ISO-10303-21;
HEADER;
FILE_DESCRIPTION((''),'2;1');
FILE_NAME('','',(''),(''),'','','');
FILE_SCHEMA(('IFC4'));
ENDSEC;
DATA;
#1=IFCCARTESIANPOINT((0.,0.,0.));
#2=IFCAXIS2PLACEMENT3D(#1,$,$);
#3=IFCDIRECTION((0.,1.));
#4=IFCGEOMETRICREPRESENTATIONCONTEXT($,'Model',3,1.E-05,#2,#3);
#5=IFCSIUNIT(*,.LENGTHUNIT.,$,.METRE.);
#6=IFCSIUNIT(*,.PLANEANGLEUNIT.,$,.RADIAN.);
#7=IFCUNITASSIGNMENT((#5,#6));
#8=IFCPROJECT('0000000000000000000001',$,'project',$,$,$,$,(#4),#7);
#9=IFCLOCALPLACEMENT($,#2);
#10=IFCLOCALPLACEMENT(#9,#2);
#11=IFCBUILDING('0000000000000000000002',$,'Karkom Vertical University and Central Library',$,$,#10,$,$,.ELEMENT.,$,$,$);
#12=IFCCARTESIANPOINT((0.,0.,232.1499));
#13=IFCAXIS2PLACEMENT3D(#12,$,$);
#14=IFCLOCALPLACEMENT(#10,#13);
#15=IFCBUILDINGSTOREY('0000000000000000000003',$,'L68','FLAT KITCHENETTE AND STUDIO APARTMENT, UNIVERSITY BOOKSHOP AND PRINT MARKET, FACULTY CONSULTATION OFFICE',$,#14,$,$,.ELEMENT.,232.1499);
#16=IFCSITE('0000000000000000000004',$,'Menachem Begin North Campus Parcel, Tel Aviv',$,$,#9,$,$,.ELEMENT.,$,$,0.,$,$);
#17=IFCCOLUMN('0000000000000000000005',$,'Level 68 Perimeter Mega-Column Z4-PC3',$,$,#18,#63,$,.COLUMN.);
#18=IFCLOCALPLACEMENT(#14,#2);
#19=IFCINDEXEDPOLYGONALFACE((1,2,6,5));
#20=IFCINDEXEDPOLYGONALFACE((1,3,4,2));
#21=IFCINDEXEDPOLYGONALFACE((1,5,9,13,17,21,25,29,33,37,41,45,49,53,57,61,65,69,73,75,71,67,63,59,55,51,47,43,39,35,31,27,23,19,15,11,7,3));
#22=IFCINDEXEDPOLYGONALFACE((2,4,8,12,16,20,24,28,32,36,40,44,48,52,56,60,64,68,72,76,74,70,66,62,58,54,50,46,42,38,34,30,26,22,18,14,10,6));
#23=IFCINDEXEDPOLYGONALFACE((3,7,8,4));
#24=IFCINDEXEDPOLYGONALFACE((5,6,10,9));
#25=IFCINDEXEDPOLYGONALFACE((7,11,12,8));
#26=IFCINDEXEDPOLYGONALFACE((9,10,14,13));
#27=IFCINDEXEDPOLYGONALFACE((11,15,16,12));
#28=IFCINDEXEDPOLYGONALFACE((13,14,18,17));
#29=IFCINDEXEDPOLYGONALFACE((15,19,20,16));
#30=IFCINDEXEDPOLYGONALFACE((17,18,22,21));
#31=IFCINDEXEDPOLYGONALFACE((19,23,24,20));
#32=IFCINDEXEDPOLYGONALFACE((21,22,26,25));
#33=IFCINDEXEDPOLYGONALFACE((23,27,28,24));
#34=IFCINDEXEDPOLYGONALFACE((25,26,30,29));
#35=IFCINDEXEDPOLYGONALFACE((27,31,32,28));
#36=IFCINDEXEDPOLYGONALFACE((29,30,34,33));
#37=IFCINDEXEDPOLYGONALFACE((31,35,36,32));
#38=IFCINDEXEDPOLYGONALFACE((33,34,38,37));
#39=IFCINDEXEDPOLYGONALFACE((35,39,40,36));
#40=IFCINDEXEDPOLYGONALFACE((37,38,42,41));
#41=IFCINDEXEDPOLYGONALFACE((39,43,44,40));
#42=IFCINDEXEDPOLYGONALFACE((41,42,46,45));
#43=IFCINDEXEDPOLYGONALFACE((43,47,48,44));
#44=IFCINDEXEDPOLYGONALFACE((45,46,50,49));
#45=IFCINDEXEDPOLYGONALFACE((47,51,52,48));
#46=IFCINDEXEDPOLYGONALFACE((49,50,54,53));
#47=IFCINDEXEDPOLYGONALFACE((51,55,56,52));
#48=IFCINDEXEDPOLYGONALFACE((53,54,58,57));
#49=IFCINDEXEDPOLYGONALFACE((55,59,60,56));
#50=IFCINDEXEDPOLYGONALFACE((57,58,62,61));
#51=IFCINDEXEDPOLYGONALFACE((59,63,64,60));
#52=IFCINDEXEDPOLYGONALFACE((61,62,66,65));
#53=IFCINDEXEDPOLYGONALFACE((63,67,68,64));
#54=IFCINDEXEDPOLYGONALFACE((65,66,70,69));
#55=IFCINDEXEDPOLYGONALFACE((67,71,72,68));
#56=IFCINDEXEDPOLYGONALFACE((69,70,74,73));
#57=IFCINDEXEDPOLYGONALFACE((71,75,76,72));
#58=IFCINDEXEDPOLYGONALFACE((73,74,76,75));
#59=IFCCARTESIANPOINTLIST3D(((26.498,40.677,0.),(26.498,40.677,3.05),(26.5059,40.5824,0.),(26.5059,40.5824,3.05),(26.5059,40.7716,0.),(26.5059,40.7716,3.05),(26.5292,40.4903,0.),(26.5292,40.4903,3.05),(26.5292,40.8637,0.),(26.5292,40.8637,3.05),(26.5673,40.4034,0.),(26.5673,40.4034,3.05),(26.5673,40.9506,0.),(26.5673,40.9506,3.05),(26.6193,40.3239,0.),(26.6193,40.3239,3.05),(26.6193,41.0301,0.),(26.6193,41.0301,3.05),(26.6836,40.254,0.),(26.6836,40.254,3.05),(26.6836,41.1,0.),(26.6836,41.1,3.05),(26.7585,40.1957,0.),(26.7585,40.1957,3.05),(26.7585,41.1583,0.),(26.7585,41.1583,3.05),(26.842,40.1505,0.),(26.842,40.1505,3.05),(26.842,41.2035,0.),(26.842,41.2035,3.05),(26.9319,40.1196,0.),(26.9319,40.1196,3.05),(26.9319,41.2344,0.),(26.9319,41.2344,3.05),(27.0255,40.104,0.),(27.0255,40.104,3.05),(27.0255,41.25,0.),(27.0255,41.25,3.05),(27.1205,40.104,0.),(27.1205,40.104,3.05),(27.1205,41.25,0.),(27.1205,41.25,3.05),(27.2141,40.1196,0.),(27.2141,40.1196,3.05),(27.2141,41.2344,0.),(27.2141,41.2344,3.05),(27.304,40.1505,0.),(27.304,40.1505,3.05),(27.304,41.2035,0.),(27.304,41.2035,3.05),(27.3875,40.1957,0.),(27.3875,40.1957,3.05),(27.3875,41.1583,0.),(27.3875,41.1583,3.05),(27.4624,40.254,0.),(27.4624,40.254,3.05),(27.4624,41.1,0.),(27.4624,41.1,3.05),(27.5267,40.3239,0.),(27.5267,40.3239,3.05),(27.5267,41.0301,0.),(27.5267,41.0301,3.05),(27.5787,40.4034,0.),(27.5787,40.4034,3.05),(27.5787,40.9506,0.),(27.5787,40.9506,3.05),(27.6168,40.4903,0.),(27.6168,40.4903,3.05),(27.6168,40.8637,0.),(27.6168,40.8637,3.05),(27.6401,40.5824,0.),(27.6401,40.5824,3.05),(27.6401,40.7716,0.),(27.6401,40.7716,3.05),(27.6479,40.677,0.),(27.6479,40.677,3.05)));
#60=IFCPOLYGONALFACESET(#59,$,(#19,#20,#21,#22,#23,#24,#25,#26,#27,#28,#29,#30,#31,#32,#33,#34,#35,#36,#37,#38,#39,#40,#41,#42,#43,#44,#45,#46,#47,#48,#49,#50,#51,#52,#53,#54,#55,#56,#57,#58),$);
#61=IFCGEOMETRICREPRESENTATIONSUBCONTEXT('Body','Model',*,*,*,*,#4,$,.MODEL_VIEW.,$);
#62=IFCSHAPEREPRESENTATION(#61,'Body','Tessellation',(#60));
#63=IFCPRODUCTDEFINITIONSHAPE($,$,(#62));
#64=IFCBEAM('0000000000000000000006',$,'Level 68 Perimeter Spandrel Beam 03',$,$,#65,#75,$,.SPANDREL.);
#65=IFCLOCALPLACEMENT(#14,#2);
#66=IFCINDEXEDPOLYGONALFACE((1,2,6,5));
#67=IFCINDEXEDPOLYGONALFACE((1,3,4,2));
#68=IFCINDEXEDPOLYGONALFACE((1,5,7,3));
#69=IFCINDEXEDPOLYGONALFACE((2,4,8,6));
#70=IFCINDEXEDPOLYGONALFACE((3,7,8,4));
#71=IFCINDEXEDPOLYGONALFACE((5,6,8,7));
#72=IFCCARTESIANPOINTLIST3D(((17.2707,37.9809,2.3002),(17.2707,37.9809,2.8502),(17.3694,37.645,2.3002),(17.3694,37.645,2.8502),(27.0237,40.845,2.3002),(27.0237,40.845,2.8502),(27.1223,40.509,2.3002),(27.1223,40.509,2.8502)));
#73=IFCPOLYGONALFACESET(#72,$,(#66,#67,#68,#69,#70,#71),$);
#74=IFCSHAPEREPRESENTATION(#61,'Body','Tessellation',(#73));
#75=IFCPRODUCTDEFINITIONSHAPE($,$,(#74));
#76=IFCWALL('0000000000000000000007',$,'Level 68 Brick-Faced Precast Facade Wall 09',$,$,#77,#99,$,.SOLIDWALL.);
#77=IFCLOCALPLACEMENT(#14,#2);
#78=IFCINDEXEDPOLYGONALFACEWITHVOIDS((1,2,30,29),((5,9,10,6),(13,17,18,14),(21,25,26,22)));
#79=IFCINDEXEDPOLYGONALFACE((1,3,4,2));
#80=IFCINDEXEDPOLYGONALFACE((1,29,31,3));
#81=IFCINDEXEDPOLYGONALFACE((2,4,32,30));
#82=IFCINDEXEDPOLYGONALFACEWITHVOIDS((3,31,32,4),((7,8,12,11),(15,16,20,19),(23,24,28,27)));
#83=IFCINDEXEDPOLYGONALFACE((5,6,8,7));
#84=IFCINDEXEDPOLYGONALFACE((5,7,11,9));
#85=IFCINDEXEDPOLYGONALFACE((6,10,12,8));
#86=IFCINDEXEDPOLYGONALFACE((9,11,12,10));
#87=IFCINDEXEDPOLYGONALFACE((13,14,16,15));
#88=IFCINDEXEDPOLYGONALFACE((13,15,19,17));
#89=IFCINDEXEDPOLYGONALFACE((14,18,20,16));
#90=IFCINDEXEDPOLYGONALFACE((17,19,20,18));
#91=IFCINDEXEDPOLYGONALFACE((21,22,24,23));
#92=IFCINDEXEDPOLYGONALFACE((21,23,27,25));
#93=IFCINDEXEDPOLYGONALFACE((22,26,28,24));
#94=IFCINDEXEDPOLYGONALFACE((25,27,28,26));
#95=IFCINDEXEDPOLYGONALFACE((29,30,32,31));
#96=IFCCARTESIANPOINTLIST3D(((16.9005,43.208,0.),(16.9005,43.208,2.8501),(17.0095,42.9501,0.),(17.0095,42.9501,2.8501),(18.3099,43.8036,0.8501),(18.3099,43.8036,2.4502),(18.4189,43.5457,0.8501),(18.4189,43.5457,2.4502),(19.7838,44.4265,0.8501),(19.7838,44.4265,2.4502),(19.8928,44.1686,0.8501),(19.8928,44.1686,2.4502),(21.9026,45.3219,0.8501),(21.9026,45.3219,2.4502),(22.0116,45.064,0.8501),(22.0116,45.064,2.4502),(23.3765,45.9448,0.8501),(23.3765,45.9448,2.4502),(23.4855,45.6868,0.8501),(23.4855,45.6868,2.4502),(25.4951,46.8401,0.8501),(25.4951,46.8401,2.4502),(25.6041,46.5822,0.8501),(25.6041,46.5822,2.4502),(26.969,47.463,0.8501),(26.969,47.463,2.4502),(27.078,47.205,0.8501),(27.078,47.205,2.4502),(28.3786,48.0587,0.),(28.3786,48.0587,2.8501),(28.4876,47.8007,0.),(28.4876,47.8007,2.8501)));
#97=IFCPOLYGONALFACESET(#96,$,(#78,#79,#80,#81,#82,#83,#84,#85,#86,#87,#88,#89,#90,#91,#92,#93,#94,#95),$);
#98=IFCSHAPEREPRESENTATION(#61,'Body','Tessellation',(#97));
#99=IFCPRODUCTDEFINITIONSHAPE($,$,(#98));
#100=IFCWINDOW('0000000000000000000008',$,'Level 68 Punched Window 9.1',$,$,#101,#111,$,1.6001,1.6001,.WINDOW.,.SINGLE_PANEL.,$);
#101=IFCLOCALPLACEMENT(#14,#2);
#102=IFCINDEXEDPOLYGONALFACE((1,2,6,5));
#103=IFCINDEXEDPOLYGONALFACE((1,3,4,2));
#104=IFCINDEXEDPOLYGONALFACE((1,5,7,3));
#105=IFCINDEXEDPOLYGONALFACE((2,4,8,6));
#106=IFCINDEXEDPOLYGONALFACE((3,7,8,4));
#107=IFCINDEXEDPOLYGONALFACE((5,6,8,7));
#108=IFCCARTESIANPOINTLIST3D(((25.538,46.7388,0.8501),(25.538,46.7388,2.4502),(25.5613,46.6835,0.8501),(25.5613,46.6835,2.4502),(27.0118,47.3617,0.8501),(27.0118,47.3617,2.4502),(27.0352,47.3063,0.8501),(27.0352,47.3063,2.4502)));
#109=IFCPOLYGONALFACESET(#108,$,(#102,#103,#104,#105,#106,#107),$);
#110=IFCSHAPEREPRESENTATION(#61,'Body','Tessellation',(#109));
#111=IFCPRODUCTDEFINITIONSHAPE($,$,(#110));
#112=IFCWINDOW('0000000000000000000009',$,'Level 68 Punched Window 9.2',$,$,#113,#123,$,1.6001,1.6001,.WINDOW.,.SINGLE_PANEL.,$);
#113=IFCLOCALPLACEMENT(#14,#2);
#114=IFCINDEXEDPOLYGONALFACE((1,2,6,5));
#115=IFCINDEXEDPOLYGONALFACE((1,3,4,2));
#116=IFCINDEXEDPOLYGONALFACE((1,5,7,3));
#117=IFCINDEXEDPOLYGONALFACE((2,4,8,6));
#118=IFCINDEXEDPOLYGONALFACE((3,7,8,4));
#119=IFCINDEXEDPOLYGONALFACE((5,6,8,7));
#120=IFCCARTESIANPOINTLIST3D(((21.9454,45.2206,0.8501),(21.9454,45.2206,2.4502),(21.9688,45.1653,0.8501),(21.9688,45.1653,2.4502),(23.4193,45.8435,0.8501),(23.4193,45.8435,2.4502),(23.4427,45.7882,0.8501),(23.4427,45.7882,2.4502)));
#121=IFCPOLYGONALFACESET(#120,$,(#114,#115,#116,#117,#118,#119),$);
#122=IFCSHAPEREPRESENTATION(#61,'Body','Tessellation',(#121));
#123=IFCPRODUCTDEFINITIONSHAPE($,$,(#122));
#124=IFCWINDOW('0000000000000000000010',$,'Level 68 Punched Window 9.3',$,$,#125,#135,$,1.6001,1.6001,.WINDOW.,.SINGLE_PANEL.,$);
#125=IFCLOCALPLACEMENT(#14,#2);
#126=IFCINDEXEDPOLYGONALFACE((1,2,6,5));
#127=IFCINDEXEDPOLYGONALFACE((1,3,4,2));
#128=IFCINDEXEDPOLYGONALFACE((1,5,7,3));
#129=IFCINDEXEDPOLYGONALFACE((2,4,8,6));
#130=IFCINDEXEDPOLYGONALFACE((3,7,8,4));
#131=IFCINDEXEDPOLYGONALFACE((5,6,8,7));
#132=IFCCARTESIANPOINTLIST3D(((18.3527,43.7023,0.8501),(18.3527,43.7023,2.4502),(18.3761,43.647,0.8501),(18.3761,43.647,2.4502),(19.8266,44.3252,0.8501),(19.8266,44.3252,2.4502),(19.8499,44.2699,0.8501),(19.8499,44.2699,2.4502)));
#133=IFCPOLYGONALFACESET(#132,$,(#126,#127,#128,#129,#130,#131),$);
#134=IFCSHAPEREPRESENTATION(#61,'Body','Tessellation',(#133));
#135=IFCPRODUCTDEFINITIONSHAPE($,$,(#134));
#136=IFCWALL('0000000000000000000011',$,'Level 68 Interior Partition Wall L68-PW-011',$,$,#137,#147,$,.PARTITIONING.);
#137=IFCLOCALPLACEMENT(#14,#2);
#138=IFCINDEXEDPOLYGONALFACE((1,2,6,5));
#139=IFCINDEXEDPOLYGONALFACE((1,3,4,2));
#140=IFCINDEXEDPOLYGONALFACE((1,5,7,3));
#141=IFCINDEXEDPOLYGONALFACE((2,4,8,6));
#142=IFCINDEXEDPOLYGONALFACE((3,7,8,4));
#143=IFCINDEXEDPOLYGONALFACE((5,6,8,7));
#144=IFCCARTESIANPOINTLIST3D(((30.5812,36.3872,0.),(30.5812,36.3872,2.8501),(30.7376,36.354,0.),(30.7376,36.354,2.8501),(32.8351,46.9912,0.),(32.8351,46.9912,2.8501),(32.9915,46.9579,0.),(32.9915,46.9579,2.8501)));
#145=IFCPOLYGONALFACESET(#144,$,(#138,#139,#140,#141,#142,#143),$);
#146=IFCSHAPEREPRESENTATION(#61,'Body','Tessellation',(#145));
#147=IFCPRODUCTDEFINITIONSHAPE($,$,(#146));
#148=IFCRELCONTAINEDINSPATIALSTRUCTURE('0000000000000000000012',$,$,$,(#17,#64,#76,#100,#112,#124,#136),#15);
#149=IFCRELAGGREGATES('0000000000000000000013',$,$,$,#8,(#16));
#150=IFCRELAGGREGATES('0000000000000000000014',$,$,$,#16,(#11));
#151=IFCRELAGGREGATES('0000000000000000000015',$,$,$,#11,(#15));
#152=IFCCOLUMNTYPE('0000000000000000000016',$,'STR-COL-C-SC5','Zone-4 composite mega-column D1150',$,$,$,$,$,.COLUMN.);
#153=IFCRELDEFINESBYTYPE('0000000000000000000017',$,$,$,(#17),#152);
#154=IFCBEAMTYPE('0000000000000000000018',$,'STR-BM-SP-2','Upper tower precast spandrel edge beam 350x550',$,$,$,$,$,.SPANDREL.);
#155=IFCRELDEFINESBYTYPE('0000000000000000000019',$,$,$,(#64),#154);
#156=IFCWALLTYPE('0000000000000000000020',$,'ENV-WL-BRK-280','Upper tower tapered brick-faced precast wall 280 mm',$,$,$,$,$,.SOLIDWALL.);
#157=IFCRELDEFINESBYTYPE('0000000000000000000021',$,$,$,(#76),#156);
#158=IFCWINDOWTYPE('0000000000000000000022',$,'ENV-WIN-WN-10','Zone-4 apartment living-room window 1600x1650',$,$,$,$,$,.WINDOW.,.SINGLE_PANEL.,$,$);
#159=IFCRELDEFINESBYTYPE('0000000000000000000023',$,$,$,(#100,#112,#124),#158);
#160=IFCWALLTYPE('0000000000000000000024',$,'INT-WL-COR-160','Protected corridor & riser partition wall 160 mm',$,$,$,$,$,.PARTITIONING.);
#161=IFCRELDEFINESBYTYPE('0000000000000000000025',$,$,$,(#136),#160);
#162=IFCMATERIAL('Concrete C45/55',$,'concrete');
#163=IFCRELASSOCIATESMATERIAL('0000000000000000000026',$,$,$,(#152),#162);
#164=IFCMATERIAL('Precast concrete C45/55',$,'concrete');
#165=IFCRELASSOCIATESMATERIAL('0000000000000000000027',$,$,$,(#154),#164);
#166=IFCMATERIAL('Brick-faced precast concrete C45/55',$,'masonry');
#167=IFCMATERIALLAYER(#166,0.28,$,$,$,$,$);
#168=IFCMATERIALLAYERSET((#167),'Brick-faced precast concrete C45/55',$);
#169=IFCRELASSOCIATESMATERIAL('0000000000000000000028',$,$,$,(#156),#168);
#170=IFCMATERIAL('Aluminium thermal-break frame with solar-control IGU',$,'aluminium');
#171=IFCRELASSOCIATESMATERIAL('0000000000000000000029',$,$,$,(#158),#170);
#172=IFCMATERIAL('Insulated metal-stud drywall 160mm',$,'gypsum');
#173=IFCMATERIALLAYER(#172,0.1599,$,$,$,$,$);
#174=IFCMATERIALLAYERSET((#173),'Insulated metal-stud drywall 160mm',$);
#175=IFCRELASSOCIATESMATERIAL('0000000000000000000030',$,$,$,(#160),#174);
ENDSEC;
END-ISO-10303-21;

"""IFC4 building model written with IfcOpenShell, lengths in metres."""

from ifc_helpers import new_model, si_unit, direction, frame, frame_2d, origin, origin_with_axes, origin_2d, place, context, subcontext, project, spatial, rectangle, circle, extrude, source, transform, mapped, material, layer, layer_set, material_profile, profile_set, type_object, element, fill, save


model = new_model("IFC4")

# Units and contexts
model_context = context("Model", 3, precision=1e-05, world=origin(), true_north=direction((0.0, 1.0)))
body_context = subcontext(model_context, "Body", "Model", "MODEL_VIEW")
ifc_project = project(units=[si_unit("LENGTHUNIT", "METRE"), si_unit("PLANEANGLEUNIT", "RADIAN")], contexts=[model_context])

# Site, building, storey
site_placement = place(None, origin())
site = spatial("IfcSite", under=ifc_project, at=site_placement, Name="Menachem Begin North Campus Parcel, Tel Aviv", CompositionType="ELEMENT", RefElevation=0.0)
building_placement = place(site_placement, origin())
building = spatial("IfcBuilding", under=site, at=building_placement, Name="Karkom Vertical University and Central Library", CompositionType="ELEMENT")
storey_placement = place(building_placement, frame((0.0, 0.0, 232.1499)))
storey = spatial("IfcBuildingStorey", under=building, at=storey_placement, Name="L68", Description="FLAT KITCHENETTE AND STUDIO APARTMENT, UNIVERSITY BOOKSHOP AND PRINT MARKET, FACULTY CONSULTATION OFFICE", CompositionType="ELEMENT", Elevation=232.1499)

# Column
ifc_material_1 = material(Name="Concrete C45/55", Category="concrete")
ifc_material_profile_1 = material_profile(ifc_material_1, circle(Radius=0.575, at=origin_2d()), Name="CFT-D1150")
ifc_profile_set_1 = profile_set([ifc_material_profile_1], Name="Concrete C45/55")
column_type = type_object("IfcColumnType", Name="STR-COL-C-SC5", Description="Zone-4 composite mega-column D1150", PredefinedType="COLUMN", material=ifc_profile_set_1)
shared_shape_1 = source(origin_with_axes(), body_context, "Body", "SweptSolid", [
    extrude(circle(Radius=0.575, at=origin_2d()), origin(), (0.0, 0.0, 1.0), 3.05),
])
column_placement = place(storey_placement, frame((27.073, 40.677, 0.0), z_axis=(0.0, 0.0, 1.0), x_axis=(1.0, 0.0, 0.0)))
element("IfcColumn", 1, at=column_placement, inside=storey, type_object=column_type, Name="Level 68 Perimeter Mega-Column Z4-PC3", PredefinedType="COLUMN", context=body_context, shape_type="MappedRepresentation", body=[
    mapped(shared_shape_1, transform((0.0, 0.0, 0.0), scale=1.0)),
])

# Beam
ifc_material_2 = material(Name="Precast concrete C45/55", Category="concrete")
ifc_material_profile_2 = material_profile(ifc_material_2, rectangle(XDim=0.3501, YDim=0.55, at=origin_2d()), Name="SPB-350x550")
ifc_profile_set_2 = profile_set([ifc_material_profile_2], Name="Precast concrete C45/55")
beam_type = type_object("IfcBeamType", Name="STR-BM-SP-2", Description="Upper tower precast spandrel edge beam 350x550", PredefinedType="SPANDREL", material=ifc_profile_set_2)
shared_shape_2 = source(origin_with_axes(), body_context, "Body", "SweptSolid", [
    extrude(rectangle(XDim=0.3501, YDim=0.55, at=origin_2d()), origin(), (0.0, 0.0, 1.0), 10.1648),
])
beam_placement = place(storey_placement, frame((27.073, 40.677, 2.5752), z_axis=(-0.959485, -0.281759, 0.0), x_axis=(0.281759, -0.959485, 0.0)))
element("IfcBeam", 2, at=beam_placement, inside=storey, type_object=beam_type, Name="Level 68 Perimeter Spandrel Beam 03", PredefinedType="SPANDREL", context=body_context, shape_type="MappedRepresentation", body=[
    mapped(shared_shape_2, transform((0.0, 0.0, 0.0), scale=1.0)),
])

# Wall, openings, windows
ifc_material_3 = material(Name="Brick-faced precast concrete C45/55", Category="masonry")
ifc_layer_1 = layer(ifc_material_3, 0.28)
ifc_layer_set_1 = layer_set([ifc_layer_1], Name="Brick-faced precast concrete C45/55")
wall_type_1 = type_object("IfcWallType", Name="ENV-WL-BRK-280", Description="Upper tower tapered brick-faced precast wall 280 mm", PredefinedType="SOLIDWALL", material=ifc_layer_set_1)
wall_1_placement = place(storey_placement, frame((28.4331, 47.9297, 0.0), z_axis=(0.0, 0.0, 1.0), x_axis=(-0.921126, -0.389265, 0.0)))
wall_1 = element("IfcWall", 3, at=wall_1_placement, inside=storey, type_object=wall_type_1, Name="Level 68 Brick-Faced Precast Facade Wall 09", PredefinedType="SOLIDWALL", context=body_context, shape_type="SweptSolid", body=[
    extrude(rectangle(XDim=12.4609, YDim=0.28, at=frame_2d((6.2305, 0.0))), origin(), (0.0, 0.0, 1.0), 2.8501),
])
opening_1_placement = place(wall_1_placement, frame((1.5303, 0.0, 0.8501)))
opening_1 = element("IfcOpeningElement", 4, at=opening_1_placement, cuts=wall_1, PredefinedType="OPENING", context=body_context, shape_type="SweptSolid", body=[
    extrude(rectangle(XDim=1.6001, YDim=1.6001, at=frame_2d((0.8, 0.8))), frame((0.0, 0.1499, 0.0), z_axis=(0.0, -1.0, 0.0), x_axis=(1.0, 0.0, 0.0)), (0.0, 0.0, 1.0), 0.3),
])
opening_2_placement = place(wall_1_placement, frame((5.4304, 0.0, 0.8501)))
opening_2 = element("IfcOpeningElement", 5, at=opening_2_placement, cuts=wall_1, PredefinedType="OPENING", context=body_context, shape_type="SweptSolid", body=[
    extrude(rectangle(XDim=1.6001, YDim=1.6001, at=frame_2d((0.8, 0.8))), frame((0.0, 0.1499, 0.0), z_axis=(0.0, -1.0, 0.0), x_axis=(1.0, 0.0, 0.0)), (0.0, 0.0, 1.0), 0.3),
])
opening_3_placement = place(wall_1_placement, frame((9.3308, 0.0, 0.8501)))
opening_3 = element("IfcOpeningElement", 6, at=opening_3_placement, cuts=wall_1, PredefinedType="OPENING", context=body_context, shape_type="SweptSolid", body=[
    extrude(rectangle(XDim=1.6001, YDim=1.6001, at=frame_2d((0.8, 0.8))), frame((0.0, 0.1499, 0.0), z_axis=(0.0, -1.0, 0.0), x_axis=(1.0, 0.0, 0.0)), (0.0, 0.0, 1.0), 0.3),
])
ifc_material_4 = material(Name="Aluminium thermal-break frame with solar-control IGU", Category="aluminium")
window_type = type_object("IfcWindowType", Name="ENV-WIN-WN-10", Description="Zone-4 apartment living-room window 1600x1650", PartitioningType="SINGLE_PANEL", PredefinedType="WINDOW", material=ifc_material_4)
shared_shape_3 = source(origin_with_axes(), body_context, "Body", "SweptSolid", [
    extrude(rectangle(XDim=1.6001, YDim=1.6001, at=frame_2d((0.8, 0.8))), frame((0.0, 0.03, 0.0), z_axis=(0.0, -1.0, 0.0), x_axis=(1.0, 0.0, 0.0)), (0.0, 0.0, 1.0), 0.0601),
])
window_1_placement = place(opening_1_placement, origin())
window_1 = element("IfcWindow", 7, at=window_1_placement, inside=storey, type_object=window_type, Name="Level 68 Punched Window 9.1", OverallHeight=1.6001, OverallWidth=1.6001, PartitioningType="SINGLE_PANEL", PredefinedType="WINDOW", context=body_context, shape_type="MappedRepresentation", body=[
    mapped(shared_shape_3, transform((0.0, 0.0, 0.0), scale=1.0)),
])
fill(opening_1, window_1)
window_2_placement = place(opening_2_placement, origin())
window_2 = element("IfcWindow", 8, at=window_2_placement, inside=storey, type_object=window_type, Name="Level 68 Punched Window 9.2", OverallHeight=1.6001, OverallWidth=1.6001, PartitioningType="SINGLE_PANEL", PredefinedType="WINDOW", context=body_context, shape_type="MappedRepresentation", body=[
    mapped(shared_shape_3, transform((0.0, 0.0, 0.0), scale=1.0)),
])
fill(opening_2, window_2)
window_3_placement = place(opening_3_placement, origin())
window_3 = element("IfcWindow", 9, at=window_3_placement, inside=storey, type_object=window_type, Name="Level 68 Punched Window 9.3", OverallHeight=1.6001, OverallWidth=1.6001, PartitioningType="SINGLE_PANEL", PredefinedType="WINDOW", context=body_context, shape_type="MappedRepresentation", body=[
    mapped(shared_shape_3, transform((0.0, 0.0, 0.0), scale=1.0)),
])
fill(opening_3, window_3)

# Wall
ifc_material_5 = material(Name="Insulated metal-stud drywall 160mm", Category="gypsum")
ifc_layer_2 = layer(ifc_material_5, 0.1599)
ifc_layer_set_2 = layer_set([ifc_layer_2], Name="Insulated metal-stud drywall 160mm")
wall_type_2 = type_object("IfcWallType", Name="INT-WL-COR-160", Description="Protected corridor & riser partition wall 160 mm", PredefinedType="PARTITIONING", material=ifc_layer_set_2)
wall_2_placement = place(storey_placement, frame((30.6594, 36.3706, 0.0), z_axis=(0.0, 0.0, 1.0), x_axis=(0.207908, 0.978148, 0.0)))
element("IfcWall", 10, at=wall_2_placement, inside=storey, type_object=wall_type_2, Name="Level 68 Interior Partition Wall L68-PW-011", PredefinedType="PARTITIONING", context=body_context, shape_type="SweptSolid", body=[
    extrude(rectangle(XDim=10.8408, YDim=0.1599, at=frame_2d((5.4204, 0.0))), origin(), (0.0, 0.0, 1.0), 2.8501),
])

save(model, "model.ifc")
